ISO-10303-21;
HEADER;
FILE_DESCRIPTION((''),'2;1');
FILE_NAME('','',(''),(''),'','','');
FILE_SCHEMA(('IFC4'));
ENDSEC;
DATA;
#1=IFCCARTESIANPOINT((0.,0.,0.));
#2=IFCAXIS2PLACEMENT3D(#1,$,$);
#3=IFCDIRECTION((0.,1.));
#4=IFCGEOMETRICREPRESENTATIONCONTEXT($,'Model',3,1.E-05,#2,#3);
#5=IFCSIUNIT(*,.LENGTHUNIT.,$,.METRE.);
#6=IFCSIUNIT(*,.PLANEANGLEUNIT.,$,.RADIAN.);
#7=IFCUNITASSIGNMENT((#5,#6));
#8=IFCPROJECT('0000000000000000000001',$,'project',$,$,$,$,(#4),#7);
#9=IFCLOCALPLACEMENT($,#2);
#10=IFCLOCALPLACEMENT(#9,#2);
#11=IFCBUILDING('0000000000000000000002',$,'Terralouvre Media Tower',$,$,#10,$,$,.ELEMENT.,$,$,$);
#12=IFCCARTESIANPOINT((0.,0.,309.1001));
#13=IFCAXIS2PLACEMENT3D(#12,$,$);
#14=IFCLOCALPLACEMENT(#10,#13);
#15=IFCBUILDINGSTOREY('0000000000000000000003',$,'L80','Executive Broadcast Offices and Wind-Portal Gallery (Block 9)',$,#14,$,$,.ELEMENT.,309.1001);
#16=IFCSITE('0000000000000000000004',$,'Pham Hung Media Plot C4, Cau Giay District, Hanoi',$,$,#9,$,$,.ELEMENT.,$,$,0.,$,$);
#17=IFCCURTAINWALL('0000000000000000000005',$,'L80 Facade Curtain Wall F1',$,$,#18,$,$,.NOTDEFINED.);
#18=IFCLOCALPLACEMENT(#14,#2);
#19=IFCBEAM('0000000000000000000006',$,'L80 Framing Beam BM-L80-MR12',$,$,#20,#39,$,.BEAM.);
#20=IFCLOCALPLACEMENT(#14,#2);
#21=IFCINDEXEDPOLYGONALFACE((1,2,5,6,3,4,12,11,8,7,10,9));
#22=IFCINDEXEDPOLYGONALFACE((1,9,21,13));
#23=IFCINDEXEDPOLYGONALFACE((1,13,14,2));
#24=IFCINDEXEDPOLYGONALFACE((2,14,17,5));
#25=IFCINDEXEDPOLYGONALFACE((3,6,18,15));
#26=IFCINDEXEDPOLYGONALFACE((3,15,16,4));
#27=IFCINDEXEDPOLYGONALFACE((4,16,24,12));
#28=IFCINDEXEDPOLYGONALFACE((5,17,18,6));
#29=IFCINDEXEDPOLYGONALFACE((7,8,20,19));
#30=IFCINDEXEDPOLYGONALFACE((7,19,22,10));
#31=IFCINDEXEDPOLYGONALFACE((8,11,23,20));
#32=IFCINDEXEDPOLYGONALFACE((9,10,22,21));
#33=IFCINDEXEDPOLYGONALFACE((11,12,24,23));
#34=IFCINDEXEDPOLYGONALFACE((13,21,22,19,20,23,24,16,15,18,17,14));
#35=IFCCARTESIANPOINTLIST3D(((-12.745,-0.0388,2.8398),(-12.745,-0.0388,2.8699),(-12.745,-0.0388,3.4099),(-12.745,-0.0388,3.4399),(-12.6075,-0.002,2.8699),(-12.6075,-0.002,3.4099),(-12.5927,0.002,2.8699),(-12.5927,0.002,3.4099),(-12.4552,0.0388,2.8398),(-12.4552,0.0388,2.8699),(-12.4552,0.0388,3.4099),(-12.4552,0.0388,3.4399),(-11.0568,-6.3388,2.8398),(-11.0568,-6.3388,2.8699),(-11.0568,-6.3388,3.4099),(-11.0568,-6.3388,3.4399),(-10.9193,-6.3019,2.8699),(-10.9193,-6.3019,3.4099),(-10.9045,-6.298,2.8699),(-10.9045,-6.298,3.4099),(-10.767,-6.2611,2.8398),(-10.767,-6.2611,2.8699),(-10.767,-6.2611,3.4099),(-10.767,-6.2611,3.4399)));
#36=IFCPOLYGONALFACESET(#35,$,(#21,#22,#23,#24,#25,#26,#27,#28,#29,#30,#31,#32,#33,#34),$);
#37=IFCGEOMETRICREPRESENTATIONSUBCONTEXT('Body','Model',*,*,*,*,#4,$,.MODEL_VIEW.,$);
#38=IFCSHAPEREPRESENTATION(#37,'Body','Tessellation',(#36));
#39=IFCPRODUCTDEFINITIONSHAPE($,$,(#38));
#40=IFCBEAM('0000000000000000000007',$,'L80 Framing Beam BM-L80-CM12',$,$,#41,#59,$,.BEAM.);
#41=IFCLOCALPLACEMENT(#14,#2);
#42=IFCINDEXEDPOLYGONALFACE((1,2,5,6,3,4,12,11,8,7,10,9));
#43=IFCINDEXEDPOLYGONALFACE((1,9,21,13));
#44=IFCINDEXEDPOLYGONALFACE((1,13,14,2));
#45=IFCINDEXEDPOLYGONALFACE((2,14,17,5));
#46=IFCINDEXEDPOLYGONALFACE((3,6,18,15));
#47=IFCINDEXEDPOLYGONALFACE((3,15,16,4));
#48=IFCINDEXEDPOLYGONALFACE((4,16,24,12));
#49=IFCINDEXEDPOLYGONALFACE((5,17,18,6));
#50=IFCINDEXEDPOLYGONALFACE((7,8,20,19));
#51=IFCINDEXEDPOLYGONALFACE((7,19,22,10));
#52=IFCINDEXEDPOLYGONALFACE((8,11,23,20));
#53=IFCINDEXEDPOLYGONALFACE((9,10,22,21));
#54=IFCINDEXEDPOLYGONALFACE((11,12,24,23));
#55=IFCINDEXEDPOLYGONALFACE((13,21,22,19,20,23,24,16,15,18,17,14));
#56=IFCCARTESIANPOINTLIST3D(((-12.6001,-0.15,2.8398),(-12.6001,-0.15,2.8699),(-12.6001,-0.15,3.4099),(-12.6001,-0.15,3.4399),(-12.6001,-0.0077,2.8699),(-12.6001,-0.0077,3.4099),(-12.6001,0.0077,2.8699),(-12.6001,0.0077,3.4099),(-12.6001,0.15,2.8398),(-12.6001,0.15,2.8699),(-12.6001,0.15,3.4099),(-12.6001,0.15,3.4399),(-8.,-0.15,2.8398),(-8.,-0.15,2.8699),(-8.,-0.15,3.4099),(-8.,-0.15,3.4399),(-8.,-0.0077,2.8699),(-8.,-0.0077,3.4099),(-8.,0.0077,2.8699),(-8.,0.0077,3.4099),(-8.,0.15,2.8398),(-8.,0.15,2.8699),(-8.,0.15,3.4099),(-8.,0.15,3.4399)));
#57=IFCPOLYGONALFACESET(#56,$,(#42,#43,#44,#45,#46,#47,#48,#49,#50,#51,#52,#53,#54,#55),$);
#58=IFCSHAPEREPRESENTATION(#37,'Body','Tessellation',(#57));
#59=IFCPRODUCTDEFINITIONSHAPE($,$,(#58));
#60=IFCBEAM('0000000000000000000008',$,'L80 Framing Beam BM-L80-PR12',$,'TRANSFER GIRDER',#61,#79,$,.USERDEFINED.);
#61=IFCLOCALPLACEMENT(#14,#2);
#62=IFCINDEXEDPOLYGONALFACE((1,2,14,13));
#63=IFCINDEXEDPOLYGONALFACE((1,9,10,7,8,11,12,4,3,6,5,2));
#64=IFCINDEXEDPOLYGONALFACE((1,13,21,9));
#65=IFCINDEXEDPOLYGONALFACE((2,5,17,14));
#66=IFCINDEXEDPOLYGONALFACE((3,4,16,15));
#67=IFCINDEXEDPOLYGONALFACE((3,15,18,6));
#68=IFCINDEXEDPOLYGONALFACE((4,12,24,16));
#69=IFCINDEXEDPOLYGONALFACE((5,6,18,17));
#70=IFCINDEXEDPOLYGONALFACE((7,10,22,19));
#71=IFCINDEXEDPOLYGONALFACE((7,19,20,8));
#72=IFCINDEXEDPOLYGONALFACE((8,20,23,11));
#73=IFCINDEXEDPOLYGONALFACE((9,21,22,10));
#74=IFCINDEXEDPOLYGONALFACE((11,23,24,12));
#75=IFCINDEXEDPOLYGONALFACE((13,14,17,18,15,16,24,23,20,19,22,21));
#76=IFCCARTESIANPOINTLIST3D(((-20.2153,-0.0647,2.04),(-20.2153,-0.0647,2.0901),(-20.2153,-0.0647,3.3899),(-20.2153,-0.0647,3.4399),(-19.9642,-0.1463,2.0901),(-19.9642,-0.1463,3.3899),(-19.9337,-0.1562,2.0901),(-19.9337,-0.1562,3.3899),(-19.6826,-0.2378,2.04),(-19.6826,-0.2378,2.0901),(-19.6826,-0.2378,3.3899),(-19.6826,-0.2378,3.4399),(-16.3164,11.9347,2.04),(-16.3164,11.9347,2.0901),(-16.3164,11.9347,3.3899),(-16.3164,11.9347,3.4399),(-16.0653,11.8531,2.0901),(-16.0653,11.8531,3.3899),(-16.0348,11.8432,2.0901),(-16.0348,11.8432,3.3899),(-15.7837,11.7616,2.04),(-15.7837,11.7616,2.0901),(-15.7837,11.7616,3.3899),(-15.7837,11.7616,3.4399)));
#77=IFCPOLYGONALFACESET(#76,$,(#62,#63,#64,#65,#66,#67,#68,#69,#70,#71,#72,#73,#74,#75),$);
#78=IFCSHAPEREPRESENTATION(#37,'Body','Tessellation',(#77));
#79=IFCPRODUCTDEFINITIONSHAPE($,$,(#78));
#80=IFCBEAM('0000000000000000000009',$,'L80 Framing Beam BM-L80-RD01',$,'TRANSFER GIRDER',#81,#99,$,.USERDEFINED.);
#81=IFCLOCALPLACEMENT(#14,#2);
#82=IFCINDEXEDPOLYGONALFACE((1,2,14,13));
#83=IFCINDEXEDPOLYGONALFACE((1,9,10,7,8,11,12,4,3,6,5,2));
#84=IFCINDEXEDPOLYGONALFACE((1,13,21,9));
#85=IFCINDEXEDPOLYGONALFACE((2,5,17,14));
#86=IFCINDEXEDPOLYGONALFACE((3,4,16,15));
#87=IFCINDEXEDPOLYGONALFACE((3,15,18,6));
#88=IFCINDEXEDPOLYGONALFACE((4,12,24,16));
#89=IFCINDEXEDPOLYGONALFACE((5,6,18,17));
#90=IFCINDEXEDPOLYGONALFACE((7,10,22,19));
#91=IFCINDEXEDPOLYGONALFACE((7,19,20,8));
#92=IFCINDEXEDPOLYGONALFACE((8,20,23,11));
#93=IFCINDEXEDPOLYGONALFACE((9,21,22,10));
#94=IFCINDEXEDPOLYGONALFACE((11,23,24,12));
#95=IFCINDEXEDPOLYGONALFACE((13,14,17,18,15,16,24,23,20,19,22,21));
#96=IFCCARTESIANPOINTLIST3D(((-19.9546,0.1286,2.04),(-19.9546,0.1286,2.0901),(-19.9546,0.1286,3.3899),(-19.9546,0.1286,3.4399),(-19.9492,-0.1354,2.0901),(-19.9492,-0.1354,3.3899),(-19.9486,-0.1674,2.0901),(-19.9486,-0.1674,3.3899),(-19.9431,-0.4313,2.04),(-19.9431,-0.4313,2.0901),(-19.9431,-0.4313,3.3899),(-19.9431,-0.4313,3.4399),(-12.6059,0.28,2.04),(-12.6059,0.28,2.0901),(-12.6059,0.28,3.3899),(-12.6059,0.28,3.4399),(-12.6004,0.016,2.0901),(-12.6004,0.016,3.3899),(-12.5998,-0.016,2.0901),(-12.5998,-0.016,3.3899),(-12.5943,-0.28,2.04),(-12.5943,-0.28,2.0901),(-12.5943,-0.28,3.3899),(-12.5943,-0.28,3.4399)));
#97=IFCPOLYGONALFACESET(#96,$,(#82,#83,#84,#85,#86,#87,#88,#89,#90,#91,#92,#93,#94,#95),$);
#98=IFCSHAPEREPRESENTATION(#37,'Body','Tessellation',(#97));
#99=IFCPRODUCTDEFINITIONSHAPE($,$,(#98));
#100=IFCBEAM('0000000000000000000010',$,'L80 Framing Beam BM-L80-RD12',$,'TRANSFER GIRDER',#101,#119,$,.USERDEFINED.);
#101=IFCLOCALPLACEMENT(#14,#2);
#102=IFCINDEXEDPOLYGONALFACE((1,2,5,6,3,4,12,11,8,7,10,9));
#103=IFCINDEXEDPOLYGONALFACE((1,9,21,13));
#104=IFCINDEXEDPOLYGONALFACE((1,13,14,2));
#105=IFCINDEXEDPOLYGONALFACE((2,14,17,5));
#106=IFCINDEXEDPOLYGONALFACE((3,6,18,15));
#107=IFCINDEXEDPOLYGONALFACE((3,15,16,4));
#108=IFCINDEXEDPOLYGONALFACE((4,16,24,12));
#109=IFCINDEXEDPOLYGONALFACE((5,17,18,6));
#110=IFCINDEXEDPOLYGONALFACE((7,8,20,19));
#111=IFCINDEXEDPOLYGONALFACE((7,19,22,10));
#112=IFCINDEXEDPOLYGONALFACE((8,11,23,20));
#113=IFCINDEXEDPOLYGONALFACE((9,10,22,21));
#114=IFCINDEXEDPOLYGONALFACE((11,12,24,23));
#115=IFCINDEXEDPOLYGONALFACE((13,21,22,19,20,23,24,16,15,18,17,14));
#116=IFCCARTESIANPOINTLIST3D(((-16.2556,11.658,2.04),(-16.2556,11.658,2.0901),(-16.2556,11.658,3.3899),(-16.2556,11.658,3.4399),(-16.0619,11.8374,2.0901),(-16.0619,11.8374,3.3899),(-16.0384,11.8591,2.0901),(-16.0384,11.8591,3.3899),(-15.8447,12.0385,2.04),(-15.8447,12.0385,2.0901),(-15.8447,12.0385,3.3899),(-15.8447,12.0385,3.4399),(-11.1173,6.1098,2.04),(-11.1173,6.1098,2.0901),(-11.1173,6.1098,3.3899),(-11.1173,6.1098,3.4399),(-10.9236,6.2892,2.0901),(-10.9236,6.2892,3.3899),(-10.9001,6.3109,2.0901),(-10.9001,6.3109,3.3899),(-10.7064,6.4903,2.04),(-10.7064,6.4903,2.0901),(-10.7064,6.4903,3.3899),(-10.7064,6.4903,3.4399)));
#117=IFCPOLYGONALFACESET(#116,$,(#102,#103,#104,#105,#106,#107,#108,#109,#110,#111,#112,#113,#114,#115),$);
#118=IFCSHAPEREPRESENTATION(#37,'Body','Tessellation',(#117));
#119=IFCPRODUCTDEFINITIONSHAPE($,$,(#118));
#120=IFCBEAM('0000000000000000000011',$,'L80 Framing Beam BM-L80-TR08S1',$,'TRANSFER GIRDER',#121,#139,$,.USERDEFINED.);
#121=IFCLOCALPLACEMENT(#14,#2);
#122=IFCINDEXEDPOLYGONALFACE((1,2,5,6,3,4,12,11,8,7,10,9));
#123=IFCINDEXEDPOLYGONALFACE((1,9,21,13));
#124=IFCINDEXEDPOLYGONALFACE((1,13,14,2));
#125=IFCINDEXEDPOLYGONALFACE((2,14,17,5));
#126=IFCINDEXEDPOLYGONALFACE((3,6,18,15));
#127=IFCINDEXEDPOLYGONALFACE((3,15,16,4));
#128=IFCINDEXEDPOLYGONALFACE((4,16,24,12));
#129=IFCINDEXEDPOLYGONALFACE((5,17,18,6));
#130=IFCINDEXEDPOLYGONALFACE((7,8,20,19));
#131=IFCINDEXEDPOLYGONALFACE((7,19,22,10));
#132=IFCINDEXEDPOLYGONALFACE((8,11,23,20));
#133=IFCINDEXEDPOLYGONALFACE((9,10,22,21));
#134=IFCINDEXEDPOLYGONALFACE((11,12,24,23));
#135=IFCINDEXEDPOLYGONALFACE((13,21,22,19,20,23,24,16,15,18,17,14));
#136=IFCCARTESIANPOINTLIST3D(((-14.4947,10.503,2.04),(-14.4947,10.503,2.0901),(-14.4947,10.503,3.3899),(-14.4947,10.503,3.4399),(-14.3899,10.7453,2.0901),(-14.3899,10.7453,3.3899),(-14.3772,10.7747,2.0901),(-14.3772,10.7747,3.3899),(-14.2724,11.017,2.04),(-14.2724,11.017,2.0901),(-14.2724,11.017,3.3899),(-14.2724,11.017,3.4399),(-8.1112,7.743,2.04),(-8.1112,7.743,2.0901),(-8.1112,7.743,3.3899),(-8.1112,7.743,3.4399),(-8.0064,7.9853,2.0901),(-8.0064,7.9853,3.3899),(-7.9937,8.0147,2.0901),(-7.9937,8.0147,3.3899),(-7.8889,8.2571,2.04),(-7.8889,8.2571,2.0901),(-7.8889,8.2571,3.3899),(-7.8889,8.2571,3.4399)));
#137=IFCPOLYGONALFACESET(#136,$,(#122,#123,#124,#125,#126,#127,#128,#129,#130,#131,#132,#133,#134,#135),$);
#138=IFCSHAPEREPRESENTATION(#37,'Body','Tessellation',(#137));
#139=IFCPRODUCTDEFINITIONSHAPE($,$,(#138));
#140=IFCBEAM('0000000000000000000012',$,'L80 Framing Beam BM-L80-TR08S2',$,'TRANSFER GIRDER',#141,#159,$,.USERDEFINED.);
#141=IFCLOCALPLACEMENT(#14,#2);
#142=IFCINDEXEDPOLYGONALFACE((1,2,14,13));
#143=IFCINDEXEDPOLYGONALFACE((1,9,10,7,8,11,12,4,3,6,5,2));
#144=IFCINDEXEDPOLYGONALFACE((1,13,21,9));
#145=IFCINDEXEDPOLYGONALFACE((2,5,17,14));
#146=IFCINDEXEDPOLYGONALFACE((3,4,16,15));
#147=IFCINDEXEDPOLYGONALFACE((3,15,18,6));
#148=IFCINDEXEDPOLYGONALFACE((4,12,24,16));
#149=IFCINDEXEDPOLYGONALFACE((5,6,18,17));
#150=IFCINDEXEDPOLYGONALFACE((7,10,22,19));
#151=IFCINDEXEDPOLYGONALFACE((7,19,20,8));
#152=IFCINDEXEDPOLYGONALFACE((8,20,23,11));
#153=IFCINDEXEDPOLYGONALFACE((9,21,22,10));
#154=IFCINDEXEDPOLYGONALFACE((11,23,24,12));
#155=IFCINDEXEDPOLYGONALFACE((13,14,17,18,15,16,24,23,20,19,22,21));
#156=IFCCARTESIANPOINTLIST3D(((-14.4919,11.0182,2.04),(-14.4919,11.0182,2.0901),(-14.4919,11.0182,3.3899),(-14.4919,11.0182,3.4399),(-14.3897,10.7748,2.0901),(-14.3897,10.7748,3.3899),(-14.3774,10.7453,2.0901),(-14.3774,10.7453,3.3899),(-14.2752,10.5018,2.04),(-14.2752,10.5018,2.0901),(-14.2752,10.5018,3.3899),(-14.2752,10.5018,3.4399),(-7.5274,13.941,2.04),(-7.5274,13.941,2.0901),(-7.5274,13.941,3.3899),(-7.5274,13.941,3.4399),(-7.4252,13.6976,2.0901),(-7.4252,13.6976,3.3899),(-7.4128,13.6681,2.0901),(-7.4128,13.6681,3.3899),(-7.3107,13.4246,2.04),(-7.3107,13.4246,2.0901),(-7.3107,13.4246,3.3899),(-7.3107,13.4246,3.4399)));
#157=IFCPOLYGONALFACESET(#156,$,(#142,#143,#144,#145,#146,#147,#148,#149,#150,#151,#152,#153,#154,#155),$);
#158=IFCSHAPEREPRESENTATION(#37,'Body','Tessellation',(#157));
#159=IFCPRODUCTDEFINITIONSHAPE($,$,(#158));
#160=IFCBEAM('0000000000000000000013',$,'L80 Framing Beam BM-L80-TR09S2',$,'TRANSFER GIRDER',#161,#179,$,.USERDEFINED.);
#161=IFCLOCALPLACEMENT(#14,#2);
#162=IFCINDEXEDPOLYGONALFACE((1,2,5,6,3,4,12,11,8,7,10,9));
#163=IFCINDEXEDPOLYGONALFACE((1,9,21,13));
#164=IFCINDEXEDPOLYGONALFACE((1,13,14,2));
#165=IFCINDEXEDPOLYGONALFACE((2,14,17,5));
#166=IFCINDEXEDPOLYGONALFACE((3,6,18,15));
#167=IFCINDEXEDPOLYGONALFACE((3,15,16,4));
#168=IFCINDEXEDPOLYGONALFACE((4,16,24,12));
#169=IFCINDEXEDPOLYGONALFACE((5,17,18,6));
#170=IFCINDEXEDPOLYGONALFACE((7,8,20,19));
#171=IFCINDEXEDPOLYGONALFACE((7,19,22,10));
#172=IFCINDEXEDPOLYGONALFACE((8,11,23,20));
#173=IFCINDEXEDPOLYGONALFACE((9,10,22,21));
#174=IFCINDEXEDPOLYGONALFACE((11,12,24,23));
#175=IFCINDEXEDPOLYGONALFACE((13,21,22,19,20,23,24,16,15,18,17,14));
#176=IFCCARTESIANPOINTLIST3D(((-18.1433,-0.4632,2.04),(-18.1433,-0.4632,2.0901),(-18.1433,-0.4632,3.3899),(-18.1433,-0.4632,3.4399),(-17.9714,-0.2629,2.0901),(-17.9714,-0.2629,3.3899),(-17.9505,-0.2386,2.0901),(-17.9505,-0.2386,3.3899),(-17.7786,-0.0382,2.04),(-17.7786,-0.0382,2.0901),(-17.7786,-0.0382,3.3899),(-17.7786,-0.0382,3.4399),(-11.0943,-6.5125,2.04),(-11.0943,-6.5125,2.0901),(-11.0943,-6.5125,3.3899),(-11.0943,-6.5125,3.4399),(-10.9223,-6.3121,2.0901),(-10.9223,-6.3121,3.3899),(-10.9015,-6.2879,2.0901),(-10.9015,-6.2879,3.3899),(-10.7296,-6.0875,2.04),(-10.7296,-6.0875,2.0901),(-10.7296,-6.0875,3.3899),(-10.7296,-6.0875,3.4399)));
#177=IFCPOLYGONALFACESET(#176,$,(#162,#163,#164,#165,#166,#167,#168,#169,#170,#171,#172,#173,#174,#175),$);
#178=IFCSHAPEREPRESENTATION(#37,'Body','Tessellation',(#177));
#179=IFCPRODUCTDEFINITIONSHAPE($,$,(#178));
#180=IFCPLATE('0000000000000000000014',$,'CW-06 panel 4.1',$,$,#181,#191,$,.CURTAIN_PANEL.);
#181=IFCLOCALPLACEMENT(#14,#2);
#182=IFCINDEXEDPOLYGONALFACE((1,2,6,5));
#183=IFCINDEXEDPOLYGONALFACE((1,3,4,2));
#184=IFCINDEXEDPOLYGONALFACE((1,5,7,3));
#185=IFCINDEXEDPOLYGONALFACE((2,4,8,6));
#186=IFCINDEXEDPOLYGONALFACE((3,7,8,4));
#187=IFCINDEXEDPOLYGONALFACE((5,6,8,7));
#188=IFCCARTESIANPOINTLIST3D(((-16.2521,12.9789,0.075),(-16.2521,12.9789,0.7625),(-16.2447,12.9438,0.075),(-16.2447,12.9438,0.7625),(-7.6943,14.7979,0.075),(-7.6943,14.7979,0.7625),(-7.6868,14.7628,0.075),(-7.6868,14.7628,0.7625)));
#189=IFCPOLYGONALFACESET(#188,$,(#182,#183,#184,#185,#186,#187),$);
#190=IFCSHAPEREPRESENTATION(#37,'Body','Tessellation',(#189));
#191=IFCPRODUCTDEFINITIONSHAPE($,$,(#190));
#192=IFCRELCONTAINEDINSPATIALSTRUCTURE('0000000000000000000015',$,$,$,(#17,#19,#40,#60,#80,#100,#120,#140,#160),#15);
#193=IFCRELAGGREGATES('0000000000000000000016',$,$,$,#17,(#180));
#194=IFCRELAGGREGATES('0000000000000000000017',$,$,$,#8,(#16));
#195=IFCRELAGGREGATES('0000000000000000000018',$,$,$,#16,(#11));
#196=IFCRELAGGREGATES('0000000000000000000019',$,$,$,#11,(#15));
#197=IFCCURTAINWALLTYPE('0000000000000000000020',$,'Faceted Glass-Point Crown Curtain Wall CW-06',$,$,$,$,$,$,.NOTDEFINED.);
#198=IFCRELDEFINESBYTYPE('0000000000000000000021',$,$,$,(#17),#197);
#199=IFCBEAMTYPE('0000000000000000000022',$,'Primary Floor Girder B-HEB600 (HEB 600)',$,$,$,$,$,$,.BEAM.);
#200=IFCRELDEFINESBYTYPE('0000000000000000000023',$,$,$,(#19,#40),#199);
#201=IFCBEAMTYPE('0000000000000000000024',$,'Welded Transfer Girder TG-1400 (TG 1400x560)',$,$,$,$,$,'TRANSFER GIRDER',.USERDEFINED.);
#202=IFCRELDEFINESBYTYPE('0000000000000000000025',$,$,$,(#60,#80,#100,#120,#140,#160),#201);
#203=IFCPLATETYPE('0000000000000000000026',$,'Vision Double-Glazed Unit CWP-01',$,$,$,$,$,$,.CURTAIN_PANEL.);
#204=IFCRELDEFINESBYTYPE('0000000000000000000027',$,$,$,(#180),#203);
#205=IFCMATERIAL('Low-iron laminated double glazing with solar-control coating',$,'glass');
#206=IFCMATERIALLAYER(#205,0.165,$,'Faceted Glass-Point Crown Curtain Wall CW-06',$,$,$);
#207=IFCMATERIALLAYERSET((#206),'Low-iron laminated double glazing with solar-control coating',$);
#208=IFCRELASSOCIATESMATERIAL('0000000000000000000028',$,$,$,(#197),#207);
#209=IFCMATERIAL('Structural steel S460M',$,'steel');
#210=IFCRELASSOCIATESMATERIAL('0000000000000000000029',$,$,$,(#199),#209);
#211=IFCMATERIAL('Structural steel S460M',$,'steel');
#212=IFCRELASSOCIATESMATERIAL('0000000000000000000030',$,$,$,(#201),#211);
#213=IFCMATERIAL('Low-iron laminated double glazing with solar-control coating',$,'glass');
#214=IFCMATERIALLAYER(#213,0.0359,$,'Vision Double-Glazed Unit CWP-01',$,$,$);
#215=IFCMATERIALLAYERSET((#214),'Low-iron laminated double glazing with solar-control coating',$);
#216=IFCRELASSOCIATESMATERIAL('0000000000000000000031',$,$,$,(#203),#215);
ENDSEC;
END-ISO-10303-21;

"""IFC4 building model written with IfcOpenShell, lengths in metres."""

from ifc_helpers import new_model, si_unit, direction, frame, origin, origin_2d, place, context, subcontext, project, spatial, rectangle, i_section, extrude, material, layer, layer_set, material_profile, profile_set, type_object, element, aggregate, save


model = new_model("IFC4")

# Units and contexts
model_context = context("Model", 3, precision=1e-05, world=origin(), true_north=direction((0.0, 1.0)))
body_context = subcontext(model_context, "Body", "Model", "MODEL_VIEW")
ifc_project = project(units=[si_unit("LENGTHUNIT", "METRE"), si_unit("PLANEANGLEUNIT", "RADIAN")], contexts=[model_context])

# Site, building, storey
site_placement = place(None, origin())
site = spatial("IfcSite", under=ifc_project, at=site_placement, Name="Pham Hung Media Plot C4, Cau Giay District, Hanoi", CompositionType="ELEMENT", RefElevation=0.0)
building_placement = place(site_placement, origin())
building = spatial("IfcBuilding", under=site, at=building_placement, Name="Terralouvre Media Tower", CompositionType="ELEMENT")
storey_placement = place(building_placement, frame((0.0, 0.0, 309.1001)))
storey = spatial("IfcBuildingStorey", under=building, at=storey_placement, Name="L80", Description="Executive Broadcast Offices and Wind-Portal Gallery (Block 9)", CompositionType="ELEMENT", Elevation=309.1001)

# Curtain wall
ifc_material_1 = material(Name="Low-iron laminated double glazing with solar-control coating", Category="glass")
ifc_layer_1 = layer(ifc_material_1, 0.165, Name="Faceted Glass-Point Crown Curtain Wall CW-06")
ifc_layer_set_1 = layer_set([ifc_layer_1], Name="Low-iron laminated double glazing with solar-control coating")
curtain_wall_type = type_object("IfcCurtainWallType", Name="Faceted Glass-Point Crown Curtain Wall CW-06", PredefinedType="NOTDEFINED", material=ifc_layer_set_1)
curtain_wall_placement = place(storey_placement, origin())
curtain_wall = element("IfcCurtainWall", 1, at=curtain_wall_placement, inside=storey, type_object=curtain_wall_type, Name="L80 Facade Curtain Wall F1", PredefinedType="NOTDEFINED")

# Beams
ifc_material_2 = material(Name="Structural steel S460M", Category="steel")
ifc_material_profile_1 = material_profile(ifc_material_2, i_section(OverallWidth=0.3, OverallDepth=0.6001, WebThickness=0.0154, FlangeThickness=0.03, at=origin_2d()), Name="HEB 600")
ifc_profile_set_1 = profile_set([ifc_material_profile_1], Name="Structural steel S460M")
beam_type_1 = type_object("IfcBeamType", Name="Primary Floor Girder B-HEB600 (HEB 600)", PredefinedType="BEAM", material=ifc_profile_set_1)
for number, where, z_axis, x_axis, name in (
    (2, (-12.6001, 0.0, 3.1399), (0.258839, -0.96592, 0.0), (0.96592, 0.258839, 0.0), "L80 Framing Beam BM-L80-MR12"),
):
    element("IfcBeam", number, at=place(storey_placement, frame(where, z_axis=z_axis, x_axis=x_axis)), inside=storey, type_object=beam_type_1, Name=name, PredefinedType="BEAM", context=body_context, shape_type="SweptSolid", body=[
        extrude(i_section(OverallWidth=0.3, OverallDepth=0.6001, WebThickness=0.0154, FlangeThickness=0.03, at=origin_2d()), origin(), (0.0, 0.0, 1.0), 6.5222),
    ])
beam_1_placement = place(storey_placement, frame((-8.0, 0.0, 3.1399), z_axis=(-1.0, 0.0, 0.0), x_axis=(0.0, -1.0, 0.0)))
element("IfcBeam", 3, at=beam_1_placement, inside=storey, type_object=beam_type_1, Name="L80 Framing Beam BM-L80-CM12", PredefinedType="BEAM", context=body_context, shape_type="SweptSolid", body=[
    extrude(i_section(OverallWidth=0.3, OverallDepth=0.6001, WebThickness=0.0154, FlangeThickness=0.03, at=origin_2d()), origin(), (0.0, 0.0, 1.0), 4.6001),
])
ifc_material_3 = material(Name="Structural steel S460M", Category="steel")
ifc_material_profile_2 = material_profile(ifc_material_3, i_section(OverallWidth=0.5601, OverallDepth=1.3999, WebThickness=0.032, FlangeThickness=0.05, at=origin_2d()), Name="TG 1400x560")
ifc_profile_set_2 = profile_set([ifc_material_profile_2], Name="Structural steel S460M")
beam_type_2 = type_object("IfcBeamType", Name="Welded Transfer Girder TG-1400 (TG 1400x560)", ElementType="TRANSFER GIRDER", PredefinedType="USERDEFINED", material=ifc_profile_set_2)
beam_2_placement = place(storey_placement, frame((-16.05, 11.8481, 2.74), z_axis=(-0.30902, -0.951055, 0.0), x_axis=(0.951055, -0.30902, 0.0)))
element("IfcBeam", 4, at=beam_2_placement, inside=storey, type_object=beam_type_2, Name="L80 Framing Beam BM-L80-PR12", ObjectType="TRANSFER GIRDER", PredefinedType="USERDEFINED", context=body_context, shape_type="SweptSolid", body=[
    extrude(i_section(OverallWidth=0.5601, OverallDepth=1.3999, WebThickness=0.032, FlangeThickness=0.05, at=origin_2d()), origin(), (0.0, 0.0, 1.0), 12.6169),
])
beam_3_placement = place(storey_placement, frame((-12.6001, 0.0, 2.74), z_axis=(-0.999788, -0.020593, 0.0), x_axis=(0.020593, -0.999788, 0.0)))
element("IfcBeam", 5, at=beam_3_placement, inside=storey, type_object=beam_type_2, Name="L80 Framing Beam BM-L80-RD01", ObjectType="TRANSFER GIRDER", PredefinedType="USERDEFINED", context=body_context, shape_type="SweptSolid", body=[
    extrude(i_section(OverallWidth=0.5601, OverallDepth=1.3999, WebThickness=0.032, FlangeThickness=0.05, at=origin_2d()), origin(), (0.0, 0.0, 1.0), 7.3503),
])
beam_4_placement = place(storey_placement, frame((-10.9119, 6.3, 2.74), z_axis=(-0.679483, 0.733691, 0.0), x_axis=(-0.733691, -0.679483, 0.0)))
element("IfcBeam", 6, at=beam_4_placement, inside=storey, type_object=beam_type_2, Name="L80 Framing Beam BM-L80-RD12", ObjectType="TRANSFER GIRDER", PredefinedType="USERDEFINED", context=body_context, shape_type="SweptSolid", body=[
    extrude(i_section(OverallWidth=0.5601, OverallDepth=1.3999, WebThickness=0.032, FlangeThickness=0.05, at=origin_2d()), origin(), (0.0, 0.0, 1.0), 7.562),
])
beam_5_placement = place(storey_placement, frame((-14.3835, 10.76, 2.74), z_axis=(0.91788, -0.396858, 0.0), x_axis=(0.396858, 0.91788, 0.0)))
element("IfcBeam", 7, at=beam_5_placement, inside=storey, type_object=beam_type_2, Name="L80 Framing Beam BM-L80-TR08S1", ObjectType="TRANSFER GIRDER", PredefinedType="USERDEFINED", context=body_context, shape_type="SweptSolid", body=[
    extrude(i_section(OverallWidth=0.5601, OverallDepth=1.3999, WebThickness=0.032, FlangeThickness=0.05, at=origin_2d()), origin(), (0.0, 0.0, 1.0), 6.9546),
])
beam_6_placement = place(storey_placement, frame((-14.3835, 10.76, 2.74), z_axis=(0.92209, 0.386976, 0.0), x_axis=(-0.386976, 0.92209, 0.0)))
element("IfcBeam", 8, at=beam_6_placement, inside=storey, type_object=beam_type_2, Name="L80 Framing Beam BM-L80-TR08S2", ObjectType="TRANSFER GIRDER", PredefinedType="USERDEFINED", context=body_context, shape_type="SweptSolid", body=[
    extrude(i_section(OverallWidth=0.5601, OverallDepth=1.3999, WebThickness=0.032, FlangeThickness=0.05, at=origin_2d()), origin(), (0.0, 0.0, 1.0), 7.553),
])
beam_7_placement = place(storey_placement, frame((-17.9609, -0.2507, 2.74), z_axis=(0.758871, -0.651241, 0.0), x_axis=(0.651241, 0.758871, 0.0)))
element("IfcBeam", 9, at=beam_7_placement, inside=storey, type_object=beam_type_2, Name="L80 Framing Beam BM-L80-TR09S2", ObjectType="TRANSFER GIRDER", PredefinedType="USERDEFINED", context=body_context, shape_type="SweptSolid", body=[
    extrude(i_section(OverallWidth=0.5601, OverallDepth=1.3999, WebThickness=0.032, FlangeThickness=0.05, at=origin_2d()), origin(), (0.0, 0.0, 1.0), 9.2888),
])

# Plate
ifc_material_4 = material(Name="Low-iron laminated double glazing with solar-control coating", Category="glass")
ifc_layer_2 = layer(ifc_material_4, 0.0359, Name="Vision Double-Glazed Unit CWP-01")
ifc_layer_set_2 = layer_set([ifc_layer_2], Name="Low-iron laminated double glazing with solar-control coating")
plate_type = type_object("IfcPlateType", Name="Vision Double-Glazed Unit CWP-01", PredefinedType="CURTAIN_PANEL", material=ifc_layer_set_2)
plate_1_placement = place(storey_placement, frame((-11.9695, 13.8708, 0.075), z_axis=(0.0, 0.0, 1.0), x_axis=(-0.978148, -0.207912, 0.0)))
plate_1 = element("IfcPlate", 10, at=plate_1_placement, type_object=plate_type, Name="CW-06 panel 4.1", PredefinedType="CURTAIN_PANEL", context=body_context, shape_type="SweptSolid", body=[
    extrude(rectangle(XDim=8.749, YDim=0.0359, at=origin_2d()), origin(), (0.0, 0.0, 1.0), 0.6875),
])
aggregate(curtain_wall, [plate_1])

save(model, "model.ifc")
